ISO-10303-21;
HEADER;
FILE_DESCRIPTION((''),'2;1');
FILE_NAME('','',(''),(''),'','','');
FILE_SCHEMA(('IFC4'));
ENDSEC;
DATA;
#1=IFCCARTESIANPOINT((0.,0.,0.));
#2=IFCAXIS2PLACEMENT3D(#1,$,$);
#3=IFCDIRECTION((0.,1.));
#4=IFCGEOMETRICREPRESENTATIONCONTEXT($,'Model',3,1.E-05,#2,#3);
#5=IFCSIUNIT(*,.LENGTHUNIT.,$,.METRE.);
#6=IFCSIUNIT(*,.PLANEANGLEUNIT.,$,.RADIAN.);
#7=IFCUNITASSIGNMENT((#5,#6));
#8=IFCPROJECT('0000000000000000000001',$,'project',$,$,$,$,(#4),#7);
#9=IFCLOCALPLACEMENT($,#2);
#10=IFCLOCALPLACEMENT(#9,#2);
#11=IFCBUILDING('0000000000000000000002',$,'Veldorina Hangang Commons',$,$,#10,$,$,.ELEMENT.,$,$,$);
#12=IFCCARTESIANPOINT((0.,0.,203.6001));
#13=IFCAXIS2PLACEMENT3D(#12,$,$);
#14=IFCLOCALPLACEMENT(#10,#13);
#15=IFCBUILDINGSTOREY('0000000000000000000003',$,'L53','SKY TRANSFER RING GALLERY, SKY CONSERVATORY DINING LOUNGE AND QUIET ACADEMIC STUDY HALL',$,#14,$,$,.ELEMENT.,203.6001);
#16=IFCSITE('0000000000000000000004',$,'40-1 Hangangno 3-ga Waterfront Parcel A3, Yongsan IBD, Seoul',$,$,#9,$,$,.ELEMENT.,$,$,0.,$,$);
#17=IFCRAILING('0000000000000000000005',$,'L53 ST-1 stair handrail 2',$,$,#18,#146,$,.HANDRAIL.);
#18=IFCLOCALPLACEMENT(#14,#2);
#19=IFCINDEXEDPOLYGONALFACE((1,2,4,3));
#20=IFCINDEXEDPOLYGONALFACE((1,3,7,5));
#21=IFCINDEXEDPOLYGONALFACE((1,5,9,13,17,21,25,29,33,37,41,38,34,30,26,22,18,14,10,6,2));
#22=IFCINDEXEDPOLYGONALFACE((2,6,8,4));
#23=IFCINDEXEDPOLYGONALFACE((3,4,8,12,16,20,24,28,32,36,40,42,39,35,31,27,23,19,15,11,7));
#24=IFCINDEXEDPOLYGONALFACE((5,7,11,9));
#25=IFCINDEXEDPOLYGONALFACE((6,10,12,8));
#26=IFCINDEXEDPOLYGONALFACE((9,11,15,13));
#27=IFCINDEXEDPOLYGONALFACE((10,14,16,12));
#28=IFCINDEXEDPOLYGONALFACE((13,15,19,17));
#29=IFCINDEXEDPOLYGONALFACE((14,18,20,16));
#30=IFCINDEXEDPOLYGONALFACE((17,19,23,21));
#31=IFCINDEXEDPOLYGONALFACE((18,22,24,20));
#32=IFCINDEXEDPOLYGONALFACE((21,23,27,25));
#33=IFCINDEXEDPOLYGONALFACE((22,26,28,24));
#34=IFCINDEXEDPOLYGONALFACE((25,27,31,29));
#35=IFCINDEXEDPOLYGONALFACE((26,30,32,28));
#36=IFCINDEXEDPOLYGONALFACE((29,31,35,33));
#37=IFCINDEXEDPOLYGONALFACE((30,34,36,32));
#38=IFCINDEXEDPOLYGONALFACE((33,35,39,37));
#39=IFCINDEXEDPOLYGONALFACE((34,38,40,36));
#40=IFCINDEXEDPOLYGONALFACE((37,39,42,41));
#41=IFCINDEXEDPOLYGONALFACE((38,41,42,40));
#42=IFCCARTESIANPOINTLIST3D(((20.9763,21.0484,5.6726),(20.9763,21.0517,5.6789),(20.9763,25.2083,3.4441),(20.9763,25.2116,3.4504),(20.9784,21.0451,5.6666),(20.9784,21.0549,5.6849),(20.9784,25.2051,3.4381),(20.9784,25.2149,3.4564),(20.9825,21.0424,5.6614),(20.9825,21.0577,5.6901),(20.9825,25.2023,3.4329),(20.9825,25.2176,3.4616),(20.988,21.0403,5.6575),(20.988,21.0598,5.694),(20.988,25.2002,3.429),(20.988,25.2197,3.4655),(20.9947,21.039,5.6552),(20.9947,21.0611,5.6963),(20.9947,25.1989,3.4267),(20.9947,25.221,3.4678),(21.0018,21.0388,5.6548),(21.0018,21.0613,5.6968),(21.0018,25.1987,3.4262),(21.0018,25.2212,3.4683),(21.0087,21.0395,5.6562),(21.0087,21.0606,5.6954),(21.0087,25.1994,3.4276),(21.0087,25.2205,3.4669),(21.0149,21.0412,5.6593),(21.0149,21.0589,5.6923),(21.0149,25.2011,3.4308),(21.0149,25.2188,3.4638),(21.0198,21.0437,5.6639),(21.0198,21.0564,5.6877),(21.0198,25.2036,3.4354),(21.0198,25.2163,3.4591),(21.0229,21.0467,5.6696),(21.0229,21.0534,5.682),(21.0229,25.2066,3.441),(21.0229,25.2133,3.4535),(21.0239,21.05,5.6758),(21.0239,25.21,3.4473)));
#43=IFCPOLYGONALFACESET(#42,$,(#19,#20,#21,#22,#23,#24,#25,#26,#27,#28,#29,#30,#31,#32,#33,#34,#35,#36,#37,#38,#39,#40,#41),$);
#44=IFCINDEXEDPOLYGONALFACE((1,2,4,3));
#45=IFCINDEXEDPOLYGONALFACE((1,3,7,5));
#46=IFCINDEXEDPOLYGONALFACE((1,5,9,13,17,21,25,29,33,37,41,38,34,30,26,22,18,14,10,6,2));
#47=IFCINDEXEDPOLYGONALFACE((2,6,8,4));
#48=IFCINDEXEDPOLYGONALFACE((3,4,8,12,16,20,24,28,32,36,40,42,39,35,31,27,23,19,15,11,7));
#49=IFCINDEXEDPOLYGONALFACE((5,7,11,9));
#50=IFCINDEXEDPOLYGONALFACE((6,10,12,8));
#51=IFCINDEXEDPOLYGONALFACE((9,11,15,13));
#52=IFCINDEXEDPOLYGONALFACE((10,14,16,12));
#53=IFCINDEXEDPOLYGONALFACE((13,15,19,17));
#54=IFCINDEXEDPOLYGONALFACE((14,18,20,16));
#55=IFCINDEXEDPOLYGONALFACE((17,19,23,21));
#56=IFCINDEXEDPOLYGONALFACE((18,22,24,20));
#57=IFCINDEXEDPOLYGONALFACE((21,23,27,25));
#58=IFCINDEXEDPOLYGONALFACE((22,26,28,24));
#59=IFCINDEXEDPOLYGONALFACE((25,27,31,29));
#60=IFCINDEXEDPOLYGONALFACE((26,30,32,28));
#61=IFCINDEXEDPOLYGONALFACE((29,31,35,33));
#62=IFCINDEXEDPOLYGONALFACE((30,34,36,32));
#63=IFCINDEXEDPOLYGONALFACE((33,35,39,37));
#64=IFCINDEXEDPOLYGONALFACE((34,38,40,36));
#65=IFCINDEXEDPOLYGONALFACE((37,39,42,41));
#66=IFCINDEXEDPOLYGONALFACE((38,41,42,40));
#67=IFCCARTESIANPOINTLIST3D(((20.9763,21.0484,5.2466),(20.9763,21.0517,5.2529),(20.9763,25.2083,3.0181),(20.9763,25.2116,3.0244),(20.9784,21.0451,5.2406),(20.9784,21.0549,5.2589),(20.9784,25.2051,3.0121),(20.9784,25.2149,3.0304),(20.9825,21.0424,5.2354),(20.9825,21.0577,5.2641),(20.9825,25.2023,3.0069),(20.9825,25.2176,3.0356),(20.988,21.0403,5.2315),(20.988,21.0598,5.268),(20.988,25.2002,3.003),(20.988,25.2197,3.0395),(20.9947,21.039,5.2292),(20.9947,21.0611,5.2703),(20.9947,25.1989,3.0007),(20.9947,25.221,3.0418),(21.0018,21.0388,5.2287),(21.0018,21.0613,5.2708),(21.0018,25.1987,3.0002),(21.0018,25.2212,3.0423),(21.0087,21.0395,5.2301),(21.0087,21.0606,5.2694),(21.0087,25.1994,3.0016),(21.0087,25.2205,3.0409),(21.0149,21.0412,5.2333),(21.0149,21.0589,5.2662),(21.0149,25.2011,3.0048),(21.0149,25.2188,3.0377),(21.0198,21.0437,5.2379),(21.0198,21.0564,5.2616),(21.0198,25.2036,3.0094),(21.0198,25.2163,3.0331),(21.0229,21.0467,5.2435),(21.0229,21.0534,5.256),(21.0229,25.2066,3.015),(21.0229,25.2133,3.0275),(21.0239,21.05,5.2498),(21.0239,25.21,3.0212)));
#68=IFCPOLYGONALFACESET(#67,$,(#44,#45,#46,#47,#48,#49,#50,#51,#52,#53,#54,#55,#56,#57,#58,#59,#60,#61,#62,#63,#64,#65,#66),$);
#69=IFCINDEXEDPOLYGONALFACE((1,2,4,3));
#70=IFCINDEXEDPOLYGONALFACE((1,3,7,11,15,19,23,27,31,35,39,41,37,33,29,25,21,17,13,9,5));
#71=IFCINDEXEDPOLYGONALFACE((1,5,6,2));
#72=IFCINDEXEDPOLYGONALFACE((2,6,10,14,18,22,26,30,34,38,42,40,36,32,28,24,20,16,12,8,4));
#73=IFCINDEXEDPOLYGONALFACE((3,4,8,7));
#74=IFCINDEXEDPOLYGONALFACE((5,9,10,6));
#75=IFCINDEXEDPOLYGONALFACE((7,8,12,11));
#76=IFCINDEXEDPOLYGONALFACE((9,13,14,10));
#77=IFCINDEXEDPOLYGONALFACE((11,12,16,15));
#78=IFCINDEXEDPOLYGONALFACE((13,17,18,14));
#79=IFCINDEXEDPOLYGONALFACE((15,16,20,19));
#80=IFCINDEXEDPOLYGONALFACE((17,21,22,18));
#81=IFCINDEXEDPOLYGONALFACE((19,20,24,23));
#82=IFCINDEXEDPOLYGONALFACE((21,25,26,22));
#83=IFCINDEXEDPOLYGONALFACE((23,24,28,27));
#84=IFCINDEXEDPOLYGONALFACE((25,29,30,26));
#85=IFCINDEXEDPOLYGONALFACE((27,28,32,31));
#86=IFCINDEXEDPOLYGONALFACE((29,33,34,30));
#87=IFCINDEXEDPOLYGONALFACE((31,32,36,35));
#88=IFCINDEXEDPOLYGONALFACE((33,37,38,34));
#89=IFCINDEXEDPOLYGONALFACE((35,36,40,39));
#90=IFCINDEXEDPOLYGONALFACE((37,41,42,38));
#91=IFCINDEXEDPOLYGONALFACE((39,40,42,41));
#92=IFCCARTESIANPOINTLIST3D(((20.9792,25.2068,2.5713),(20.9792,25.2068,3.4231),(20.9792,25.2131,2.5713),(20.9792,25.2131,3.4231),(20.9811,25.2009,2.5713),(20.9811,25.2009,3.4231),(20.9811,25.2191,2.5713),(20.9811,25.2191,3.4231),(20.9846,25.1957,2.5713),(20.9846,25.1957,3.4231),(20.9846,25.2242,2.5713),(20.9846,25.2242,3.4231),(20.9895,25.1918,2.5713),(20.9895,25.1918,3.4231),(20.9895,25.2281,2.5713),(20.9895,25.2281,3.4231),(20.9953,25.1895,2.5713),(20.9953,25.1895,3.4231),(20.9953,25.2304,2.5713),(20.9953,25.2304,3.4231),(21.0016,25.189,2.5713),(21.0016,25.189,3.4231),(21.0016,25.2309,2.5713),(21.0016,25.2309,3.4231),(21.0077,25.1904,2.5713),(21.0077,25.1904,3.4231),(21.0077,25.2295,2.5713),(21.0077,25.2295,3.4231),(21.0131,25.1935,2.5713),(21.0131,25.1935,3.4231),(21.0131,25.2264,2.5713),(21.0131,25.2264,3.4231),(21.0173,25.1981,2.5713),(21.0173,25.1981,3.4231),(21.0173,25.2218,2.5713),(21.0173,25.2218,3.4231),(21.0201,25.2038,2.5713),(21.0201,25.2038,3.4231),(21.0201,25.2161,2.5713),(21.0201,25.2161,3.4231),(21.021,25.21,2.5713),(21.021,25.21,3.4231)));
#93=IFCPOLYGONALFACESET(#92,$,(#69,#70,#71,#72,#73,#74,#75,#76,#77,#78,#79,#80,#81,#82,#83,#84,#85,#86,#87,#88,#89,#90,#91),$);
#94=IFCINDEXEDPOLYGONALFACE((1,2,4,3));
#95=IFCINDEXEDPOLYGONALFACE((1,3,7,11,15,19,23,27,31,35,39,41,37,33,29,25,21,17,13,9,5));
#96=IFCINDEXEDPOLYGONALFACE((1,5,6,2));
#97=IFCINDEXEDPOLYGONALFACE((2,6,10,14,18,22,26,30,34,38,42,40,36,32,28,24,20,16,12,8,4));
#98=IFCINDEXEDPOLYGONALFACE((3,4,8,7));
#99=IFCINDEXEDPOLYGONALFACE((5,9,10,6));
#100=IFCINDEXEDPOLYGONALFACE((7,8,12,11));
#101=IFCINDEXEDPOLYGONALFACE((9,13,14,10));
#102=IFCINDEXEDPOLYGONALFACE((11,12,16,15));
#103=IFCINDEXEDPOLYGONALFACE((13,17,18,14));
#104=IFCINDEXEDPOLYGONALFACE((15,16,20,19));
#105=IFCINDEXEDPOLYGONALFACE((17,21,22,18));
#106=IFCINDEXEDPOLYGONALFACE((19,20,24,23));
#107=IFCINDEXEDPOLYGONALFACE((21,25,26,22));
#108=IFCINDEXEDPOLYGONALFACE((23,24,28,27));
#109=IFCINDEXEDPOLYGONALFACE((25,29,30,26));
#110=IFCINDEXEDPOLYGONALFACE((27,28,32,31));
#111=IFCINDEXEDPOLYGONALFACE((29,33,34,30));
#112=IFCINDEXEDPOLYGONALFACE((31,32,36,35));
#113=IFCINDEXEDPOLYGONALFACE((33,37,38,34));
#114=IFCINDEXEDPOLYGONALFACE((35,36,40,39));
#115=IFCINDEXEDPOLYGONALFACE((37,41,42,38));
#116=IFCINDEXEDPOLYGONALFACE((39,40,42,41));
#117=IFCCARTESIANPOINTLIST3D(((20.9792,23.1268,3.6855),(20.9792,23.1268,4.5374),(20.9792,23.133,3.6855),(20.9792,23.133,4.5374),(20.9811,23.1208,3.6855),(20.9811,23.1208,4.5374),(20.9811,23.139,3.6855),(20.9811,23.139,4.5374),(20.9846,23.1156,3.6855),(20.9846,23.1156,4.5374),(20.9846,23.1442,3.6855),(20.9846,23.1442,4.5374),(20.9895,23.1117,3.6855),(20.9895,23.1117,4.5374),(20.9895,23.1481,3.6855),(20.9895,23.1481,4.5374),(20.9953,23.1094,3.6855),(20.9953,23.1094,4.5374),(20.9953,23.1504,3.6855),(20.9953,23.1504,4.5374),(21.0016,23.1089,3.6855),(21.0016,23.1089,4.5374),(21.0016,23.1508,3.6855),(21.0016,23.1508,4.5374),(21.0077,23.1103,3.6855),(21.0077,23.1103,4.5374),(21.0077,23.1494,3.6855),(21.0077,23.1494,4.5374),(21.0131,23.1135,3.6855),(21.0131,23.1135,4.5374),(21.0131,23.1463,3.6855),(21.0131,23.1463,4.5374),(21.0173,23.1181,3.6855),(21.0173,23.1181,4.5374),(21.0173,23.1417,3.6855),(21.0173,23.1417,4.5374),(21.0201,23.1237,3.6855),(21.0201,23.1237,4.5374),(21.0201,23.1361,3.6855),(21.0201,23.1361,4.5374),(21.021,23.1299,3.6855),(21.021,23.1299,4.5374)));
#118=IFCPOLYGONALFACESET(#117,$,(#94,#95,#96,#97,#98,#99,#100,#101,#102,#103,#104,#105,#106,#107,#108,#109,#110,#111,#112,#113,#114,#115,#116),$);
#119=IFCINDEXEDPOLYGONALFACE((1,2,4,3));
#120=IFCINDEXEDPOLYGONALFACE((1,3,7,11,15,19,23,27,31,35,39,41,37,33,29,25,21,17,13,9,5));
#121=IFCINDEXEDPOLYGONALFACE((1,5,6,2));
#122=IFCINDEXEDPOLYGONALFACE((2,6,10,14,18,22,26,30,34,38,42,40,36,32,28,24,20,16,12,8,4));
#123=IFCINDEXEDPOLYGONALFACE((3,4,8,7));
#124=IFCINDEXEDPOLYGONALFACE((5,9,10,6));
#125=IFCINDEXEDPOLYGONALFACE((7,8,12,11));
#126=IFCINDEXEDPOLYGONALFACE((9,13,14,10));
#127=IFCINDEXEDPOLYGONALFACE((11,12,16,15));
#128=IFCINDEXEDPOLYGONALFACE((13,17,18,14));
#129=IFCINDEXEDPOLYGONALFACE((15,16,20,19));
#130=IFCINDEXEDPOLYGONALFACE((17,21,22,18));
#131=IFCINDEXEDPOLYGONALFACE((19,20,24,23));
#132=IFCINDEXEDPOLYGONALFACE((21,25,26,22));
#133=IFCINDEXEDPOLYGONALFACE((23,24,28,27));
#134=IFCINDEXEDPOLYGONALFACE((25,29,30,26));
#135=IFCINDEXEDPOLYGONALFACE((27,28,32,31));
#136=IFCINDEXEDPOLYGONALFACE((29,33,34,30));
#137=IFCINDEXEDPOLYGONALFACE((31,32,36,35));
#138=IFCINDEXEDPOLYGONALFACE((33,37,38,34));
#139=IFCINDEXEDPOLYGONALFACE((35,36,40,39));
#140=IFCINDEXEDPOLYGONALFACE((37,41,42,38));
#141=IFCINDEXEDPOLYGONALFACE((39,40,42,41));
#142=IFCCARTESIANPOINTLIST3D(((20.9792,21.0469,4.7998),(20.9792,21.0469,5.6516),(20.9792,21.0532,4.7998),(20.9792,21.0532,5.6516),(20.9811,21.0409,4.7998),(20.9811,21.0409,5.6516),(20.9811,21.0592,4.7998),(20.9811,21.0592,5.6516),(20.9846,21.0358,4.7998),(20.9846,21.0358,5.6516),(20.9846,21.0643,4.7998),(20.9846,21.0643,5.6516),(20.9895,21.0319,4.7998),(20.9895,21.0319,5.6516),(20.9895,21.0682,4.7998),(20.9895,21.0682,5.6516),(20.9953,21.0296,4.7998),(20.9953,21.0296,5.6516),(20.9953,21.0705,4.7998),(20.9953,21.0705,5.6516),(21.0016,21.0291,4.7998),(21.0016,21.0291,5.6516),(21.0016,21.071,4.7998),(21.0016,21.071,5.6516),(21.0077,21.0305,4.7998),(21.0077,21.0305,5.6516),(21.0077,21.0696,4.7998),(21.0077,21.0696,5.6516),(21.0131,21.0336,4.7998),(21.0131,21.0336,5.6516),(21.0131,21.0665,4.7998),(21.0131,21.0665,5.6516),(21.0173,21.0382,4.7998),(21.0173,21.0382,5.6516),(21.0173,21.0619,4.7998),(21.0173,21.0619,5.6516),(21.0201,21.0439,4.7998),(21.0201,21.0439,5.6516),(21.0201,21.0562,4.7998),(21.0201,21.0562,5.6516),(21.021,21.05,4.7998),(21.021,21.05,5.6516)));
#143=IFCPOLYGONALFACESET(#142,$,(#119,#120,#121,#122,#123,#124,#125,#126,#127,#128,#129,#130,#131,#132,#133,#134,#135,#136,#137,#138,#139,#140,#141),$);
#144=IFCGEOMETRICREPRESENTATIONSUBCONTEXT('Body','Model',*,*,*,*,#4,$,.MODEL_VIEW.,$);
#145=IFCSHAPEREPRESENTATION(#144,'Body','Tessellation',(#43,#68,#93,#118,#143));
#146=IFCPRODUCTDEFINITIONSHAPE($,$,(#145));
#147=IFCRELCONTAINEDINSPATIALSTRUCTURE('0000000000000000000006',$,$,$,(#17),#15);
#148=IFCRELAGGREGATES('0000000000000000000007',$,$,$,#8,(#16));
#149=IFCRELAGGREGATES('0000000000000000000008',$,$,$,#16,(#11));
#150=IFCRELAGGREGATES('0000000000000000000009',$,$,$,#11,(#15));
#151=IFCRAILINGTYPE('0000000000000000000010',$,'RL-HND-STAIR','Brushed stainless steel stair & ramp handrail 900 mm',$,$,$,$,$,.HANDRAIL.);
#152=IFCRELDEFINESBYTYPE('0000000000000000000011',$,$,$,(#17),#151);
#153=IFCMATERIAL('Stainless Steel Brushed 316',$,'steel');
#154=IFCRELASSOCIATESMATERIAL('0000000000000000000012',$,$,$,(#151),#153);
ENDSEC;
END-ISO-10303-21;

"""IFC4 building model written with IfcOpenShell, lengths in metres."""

from ifc_helpers import new_model, si_unit, direction, frame, origin, origin_2d, place, context, subcontext, project, spatial, circle, extrude, material, type_object, element, save


model = new_model("IFC4")

# Units and contexts
model_context = context("Model", 3, precision=1e-05, world=origin(), true_north=direction((0.0, 1.0)))
body_context = subcontext(model_context, "Body", "Model", "MODEL_VIEW")
ifc_project = project(units=[si_unit("LENGTHUNIT", "METRE"), si_unit("PLANEANGLEUNIT", "RADIAN")], contexts=[model_context])

# Site, building, storey
site_placement = place(None, origin())
site = spatial("IfcSite", under=ifc_project, at=site_placement, Name="40-1 Hangangno 3-ga Waterfront Parcel A3, Yongsan IBD, Seoul", CompositionType="ELEMENT", RefElevation=0.0)
building_placement = place(site_placement, origin())
building = spatial("IfcBuilding", under=site, at=building_placement, Name="Veldorina Hangang Commons", CompositionType="ELEMENT")
storey_placement = place(building_placement, frame((0.0, 0.0, 203.6001)))
storey = spatial("IfcBuildingStorey", under=building, at=storey_placement, Name="L53", Description="SKY TRANSFER RING GALLERY, SKY CONSERVATORY DINING LOUNGE AND QUIET ACADEMIC STUDY HALL", CompositionType="ELEMENT", Elevation=203.6001)

# Railing
ifc_material_1 = material(Name="Stainless Steel Brushed 316", Category="steel")
railing_type_1 = type_object("IfcRailingType", Name="RL-HND-STAIR", Description="Brushed stainless steel stair & ramp handrail 900 mm", PredefinedType="HANDRAIL", material=ifc_material_1)
railing_1_placement = place(storey_placement, frame((21.0, 25.21, 2.5713)))
element("IfcRailing", 1, at=railing_1_placement, inside=storey, type_object=railing_type_1, Name="L53 ST-1 stair handrail 2", PredefinedType="HANDRAIL", context=body_context, shape_type="SweptSolid", body=[
    extrude(circle(Radius=0.0239, at=origin_2d()), frame((0.0, 0.0, 0.876), z_axis=(0.0, -0.881481, 0.47222), x_axis=(1.0, 0.0, 0.0)), (0.0, 0.0, 1.0), 4.7192),
    extrude(circle(Radius=0.0239, at=origin_2d()), frame((0.0, 0.0, 0.45), z_axis=(0.0, -0.881481, 0.47222), x_axis=(1.0, 0.0, 0.0)), (0.0, 0.0, 1.0), 4.7192),
    extrude(circle(Radius=0.021, at=origin_2d()), origin(), (0.0, 0.0, 1.0), 0.8518),
    extrude(circle(Radius=0.021, at=origin_2d()), frame((0.0, -2.0801, 1.1143)), (0.0, 0.0, 1.0), 0.8518),
    extrude(circle(Radius=0.021, at=origin_2d()), frame((0.0, -4.1599, 2.2285)), (0.0, 0.0, 1.0), 0.8518),
])

save(model, "model.ifc")
